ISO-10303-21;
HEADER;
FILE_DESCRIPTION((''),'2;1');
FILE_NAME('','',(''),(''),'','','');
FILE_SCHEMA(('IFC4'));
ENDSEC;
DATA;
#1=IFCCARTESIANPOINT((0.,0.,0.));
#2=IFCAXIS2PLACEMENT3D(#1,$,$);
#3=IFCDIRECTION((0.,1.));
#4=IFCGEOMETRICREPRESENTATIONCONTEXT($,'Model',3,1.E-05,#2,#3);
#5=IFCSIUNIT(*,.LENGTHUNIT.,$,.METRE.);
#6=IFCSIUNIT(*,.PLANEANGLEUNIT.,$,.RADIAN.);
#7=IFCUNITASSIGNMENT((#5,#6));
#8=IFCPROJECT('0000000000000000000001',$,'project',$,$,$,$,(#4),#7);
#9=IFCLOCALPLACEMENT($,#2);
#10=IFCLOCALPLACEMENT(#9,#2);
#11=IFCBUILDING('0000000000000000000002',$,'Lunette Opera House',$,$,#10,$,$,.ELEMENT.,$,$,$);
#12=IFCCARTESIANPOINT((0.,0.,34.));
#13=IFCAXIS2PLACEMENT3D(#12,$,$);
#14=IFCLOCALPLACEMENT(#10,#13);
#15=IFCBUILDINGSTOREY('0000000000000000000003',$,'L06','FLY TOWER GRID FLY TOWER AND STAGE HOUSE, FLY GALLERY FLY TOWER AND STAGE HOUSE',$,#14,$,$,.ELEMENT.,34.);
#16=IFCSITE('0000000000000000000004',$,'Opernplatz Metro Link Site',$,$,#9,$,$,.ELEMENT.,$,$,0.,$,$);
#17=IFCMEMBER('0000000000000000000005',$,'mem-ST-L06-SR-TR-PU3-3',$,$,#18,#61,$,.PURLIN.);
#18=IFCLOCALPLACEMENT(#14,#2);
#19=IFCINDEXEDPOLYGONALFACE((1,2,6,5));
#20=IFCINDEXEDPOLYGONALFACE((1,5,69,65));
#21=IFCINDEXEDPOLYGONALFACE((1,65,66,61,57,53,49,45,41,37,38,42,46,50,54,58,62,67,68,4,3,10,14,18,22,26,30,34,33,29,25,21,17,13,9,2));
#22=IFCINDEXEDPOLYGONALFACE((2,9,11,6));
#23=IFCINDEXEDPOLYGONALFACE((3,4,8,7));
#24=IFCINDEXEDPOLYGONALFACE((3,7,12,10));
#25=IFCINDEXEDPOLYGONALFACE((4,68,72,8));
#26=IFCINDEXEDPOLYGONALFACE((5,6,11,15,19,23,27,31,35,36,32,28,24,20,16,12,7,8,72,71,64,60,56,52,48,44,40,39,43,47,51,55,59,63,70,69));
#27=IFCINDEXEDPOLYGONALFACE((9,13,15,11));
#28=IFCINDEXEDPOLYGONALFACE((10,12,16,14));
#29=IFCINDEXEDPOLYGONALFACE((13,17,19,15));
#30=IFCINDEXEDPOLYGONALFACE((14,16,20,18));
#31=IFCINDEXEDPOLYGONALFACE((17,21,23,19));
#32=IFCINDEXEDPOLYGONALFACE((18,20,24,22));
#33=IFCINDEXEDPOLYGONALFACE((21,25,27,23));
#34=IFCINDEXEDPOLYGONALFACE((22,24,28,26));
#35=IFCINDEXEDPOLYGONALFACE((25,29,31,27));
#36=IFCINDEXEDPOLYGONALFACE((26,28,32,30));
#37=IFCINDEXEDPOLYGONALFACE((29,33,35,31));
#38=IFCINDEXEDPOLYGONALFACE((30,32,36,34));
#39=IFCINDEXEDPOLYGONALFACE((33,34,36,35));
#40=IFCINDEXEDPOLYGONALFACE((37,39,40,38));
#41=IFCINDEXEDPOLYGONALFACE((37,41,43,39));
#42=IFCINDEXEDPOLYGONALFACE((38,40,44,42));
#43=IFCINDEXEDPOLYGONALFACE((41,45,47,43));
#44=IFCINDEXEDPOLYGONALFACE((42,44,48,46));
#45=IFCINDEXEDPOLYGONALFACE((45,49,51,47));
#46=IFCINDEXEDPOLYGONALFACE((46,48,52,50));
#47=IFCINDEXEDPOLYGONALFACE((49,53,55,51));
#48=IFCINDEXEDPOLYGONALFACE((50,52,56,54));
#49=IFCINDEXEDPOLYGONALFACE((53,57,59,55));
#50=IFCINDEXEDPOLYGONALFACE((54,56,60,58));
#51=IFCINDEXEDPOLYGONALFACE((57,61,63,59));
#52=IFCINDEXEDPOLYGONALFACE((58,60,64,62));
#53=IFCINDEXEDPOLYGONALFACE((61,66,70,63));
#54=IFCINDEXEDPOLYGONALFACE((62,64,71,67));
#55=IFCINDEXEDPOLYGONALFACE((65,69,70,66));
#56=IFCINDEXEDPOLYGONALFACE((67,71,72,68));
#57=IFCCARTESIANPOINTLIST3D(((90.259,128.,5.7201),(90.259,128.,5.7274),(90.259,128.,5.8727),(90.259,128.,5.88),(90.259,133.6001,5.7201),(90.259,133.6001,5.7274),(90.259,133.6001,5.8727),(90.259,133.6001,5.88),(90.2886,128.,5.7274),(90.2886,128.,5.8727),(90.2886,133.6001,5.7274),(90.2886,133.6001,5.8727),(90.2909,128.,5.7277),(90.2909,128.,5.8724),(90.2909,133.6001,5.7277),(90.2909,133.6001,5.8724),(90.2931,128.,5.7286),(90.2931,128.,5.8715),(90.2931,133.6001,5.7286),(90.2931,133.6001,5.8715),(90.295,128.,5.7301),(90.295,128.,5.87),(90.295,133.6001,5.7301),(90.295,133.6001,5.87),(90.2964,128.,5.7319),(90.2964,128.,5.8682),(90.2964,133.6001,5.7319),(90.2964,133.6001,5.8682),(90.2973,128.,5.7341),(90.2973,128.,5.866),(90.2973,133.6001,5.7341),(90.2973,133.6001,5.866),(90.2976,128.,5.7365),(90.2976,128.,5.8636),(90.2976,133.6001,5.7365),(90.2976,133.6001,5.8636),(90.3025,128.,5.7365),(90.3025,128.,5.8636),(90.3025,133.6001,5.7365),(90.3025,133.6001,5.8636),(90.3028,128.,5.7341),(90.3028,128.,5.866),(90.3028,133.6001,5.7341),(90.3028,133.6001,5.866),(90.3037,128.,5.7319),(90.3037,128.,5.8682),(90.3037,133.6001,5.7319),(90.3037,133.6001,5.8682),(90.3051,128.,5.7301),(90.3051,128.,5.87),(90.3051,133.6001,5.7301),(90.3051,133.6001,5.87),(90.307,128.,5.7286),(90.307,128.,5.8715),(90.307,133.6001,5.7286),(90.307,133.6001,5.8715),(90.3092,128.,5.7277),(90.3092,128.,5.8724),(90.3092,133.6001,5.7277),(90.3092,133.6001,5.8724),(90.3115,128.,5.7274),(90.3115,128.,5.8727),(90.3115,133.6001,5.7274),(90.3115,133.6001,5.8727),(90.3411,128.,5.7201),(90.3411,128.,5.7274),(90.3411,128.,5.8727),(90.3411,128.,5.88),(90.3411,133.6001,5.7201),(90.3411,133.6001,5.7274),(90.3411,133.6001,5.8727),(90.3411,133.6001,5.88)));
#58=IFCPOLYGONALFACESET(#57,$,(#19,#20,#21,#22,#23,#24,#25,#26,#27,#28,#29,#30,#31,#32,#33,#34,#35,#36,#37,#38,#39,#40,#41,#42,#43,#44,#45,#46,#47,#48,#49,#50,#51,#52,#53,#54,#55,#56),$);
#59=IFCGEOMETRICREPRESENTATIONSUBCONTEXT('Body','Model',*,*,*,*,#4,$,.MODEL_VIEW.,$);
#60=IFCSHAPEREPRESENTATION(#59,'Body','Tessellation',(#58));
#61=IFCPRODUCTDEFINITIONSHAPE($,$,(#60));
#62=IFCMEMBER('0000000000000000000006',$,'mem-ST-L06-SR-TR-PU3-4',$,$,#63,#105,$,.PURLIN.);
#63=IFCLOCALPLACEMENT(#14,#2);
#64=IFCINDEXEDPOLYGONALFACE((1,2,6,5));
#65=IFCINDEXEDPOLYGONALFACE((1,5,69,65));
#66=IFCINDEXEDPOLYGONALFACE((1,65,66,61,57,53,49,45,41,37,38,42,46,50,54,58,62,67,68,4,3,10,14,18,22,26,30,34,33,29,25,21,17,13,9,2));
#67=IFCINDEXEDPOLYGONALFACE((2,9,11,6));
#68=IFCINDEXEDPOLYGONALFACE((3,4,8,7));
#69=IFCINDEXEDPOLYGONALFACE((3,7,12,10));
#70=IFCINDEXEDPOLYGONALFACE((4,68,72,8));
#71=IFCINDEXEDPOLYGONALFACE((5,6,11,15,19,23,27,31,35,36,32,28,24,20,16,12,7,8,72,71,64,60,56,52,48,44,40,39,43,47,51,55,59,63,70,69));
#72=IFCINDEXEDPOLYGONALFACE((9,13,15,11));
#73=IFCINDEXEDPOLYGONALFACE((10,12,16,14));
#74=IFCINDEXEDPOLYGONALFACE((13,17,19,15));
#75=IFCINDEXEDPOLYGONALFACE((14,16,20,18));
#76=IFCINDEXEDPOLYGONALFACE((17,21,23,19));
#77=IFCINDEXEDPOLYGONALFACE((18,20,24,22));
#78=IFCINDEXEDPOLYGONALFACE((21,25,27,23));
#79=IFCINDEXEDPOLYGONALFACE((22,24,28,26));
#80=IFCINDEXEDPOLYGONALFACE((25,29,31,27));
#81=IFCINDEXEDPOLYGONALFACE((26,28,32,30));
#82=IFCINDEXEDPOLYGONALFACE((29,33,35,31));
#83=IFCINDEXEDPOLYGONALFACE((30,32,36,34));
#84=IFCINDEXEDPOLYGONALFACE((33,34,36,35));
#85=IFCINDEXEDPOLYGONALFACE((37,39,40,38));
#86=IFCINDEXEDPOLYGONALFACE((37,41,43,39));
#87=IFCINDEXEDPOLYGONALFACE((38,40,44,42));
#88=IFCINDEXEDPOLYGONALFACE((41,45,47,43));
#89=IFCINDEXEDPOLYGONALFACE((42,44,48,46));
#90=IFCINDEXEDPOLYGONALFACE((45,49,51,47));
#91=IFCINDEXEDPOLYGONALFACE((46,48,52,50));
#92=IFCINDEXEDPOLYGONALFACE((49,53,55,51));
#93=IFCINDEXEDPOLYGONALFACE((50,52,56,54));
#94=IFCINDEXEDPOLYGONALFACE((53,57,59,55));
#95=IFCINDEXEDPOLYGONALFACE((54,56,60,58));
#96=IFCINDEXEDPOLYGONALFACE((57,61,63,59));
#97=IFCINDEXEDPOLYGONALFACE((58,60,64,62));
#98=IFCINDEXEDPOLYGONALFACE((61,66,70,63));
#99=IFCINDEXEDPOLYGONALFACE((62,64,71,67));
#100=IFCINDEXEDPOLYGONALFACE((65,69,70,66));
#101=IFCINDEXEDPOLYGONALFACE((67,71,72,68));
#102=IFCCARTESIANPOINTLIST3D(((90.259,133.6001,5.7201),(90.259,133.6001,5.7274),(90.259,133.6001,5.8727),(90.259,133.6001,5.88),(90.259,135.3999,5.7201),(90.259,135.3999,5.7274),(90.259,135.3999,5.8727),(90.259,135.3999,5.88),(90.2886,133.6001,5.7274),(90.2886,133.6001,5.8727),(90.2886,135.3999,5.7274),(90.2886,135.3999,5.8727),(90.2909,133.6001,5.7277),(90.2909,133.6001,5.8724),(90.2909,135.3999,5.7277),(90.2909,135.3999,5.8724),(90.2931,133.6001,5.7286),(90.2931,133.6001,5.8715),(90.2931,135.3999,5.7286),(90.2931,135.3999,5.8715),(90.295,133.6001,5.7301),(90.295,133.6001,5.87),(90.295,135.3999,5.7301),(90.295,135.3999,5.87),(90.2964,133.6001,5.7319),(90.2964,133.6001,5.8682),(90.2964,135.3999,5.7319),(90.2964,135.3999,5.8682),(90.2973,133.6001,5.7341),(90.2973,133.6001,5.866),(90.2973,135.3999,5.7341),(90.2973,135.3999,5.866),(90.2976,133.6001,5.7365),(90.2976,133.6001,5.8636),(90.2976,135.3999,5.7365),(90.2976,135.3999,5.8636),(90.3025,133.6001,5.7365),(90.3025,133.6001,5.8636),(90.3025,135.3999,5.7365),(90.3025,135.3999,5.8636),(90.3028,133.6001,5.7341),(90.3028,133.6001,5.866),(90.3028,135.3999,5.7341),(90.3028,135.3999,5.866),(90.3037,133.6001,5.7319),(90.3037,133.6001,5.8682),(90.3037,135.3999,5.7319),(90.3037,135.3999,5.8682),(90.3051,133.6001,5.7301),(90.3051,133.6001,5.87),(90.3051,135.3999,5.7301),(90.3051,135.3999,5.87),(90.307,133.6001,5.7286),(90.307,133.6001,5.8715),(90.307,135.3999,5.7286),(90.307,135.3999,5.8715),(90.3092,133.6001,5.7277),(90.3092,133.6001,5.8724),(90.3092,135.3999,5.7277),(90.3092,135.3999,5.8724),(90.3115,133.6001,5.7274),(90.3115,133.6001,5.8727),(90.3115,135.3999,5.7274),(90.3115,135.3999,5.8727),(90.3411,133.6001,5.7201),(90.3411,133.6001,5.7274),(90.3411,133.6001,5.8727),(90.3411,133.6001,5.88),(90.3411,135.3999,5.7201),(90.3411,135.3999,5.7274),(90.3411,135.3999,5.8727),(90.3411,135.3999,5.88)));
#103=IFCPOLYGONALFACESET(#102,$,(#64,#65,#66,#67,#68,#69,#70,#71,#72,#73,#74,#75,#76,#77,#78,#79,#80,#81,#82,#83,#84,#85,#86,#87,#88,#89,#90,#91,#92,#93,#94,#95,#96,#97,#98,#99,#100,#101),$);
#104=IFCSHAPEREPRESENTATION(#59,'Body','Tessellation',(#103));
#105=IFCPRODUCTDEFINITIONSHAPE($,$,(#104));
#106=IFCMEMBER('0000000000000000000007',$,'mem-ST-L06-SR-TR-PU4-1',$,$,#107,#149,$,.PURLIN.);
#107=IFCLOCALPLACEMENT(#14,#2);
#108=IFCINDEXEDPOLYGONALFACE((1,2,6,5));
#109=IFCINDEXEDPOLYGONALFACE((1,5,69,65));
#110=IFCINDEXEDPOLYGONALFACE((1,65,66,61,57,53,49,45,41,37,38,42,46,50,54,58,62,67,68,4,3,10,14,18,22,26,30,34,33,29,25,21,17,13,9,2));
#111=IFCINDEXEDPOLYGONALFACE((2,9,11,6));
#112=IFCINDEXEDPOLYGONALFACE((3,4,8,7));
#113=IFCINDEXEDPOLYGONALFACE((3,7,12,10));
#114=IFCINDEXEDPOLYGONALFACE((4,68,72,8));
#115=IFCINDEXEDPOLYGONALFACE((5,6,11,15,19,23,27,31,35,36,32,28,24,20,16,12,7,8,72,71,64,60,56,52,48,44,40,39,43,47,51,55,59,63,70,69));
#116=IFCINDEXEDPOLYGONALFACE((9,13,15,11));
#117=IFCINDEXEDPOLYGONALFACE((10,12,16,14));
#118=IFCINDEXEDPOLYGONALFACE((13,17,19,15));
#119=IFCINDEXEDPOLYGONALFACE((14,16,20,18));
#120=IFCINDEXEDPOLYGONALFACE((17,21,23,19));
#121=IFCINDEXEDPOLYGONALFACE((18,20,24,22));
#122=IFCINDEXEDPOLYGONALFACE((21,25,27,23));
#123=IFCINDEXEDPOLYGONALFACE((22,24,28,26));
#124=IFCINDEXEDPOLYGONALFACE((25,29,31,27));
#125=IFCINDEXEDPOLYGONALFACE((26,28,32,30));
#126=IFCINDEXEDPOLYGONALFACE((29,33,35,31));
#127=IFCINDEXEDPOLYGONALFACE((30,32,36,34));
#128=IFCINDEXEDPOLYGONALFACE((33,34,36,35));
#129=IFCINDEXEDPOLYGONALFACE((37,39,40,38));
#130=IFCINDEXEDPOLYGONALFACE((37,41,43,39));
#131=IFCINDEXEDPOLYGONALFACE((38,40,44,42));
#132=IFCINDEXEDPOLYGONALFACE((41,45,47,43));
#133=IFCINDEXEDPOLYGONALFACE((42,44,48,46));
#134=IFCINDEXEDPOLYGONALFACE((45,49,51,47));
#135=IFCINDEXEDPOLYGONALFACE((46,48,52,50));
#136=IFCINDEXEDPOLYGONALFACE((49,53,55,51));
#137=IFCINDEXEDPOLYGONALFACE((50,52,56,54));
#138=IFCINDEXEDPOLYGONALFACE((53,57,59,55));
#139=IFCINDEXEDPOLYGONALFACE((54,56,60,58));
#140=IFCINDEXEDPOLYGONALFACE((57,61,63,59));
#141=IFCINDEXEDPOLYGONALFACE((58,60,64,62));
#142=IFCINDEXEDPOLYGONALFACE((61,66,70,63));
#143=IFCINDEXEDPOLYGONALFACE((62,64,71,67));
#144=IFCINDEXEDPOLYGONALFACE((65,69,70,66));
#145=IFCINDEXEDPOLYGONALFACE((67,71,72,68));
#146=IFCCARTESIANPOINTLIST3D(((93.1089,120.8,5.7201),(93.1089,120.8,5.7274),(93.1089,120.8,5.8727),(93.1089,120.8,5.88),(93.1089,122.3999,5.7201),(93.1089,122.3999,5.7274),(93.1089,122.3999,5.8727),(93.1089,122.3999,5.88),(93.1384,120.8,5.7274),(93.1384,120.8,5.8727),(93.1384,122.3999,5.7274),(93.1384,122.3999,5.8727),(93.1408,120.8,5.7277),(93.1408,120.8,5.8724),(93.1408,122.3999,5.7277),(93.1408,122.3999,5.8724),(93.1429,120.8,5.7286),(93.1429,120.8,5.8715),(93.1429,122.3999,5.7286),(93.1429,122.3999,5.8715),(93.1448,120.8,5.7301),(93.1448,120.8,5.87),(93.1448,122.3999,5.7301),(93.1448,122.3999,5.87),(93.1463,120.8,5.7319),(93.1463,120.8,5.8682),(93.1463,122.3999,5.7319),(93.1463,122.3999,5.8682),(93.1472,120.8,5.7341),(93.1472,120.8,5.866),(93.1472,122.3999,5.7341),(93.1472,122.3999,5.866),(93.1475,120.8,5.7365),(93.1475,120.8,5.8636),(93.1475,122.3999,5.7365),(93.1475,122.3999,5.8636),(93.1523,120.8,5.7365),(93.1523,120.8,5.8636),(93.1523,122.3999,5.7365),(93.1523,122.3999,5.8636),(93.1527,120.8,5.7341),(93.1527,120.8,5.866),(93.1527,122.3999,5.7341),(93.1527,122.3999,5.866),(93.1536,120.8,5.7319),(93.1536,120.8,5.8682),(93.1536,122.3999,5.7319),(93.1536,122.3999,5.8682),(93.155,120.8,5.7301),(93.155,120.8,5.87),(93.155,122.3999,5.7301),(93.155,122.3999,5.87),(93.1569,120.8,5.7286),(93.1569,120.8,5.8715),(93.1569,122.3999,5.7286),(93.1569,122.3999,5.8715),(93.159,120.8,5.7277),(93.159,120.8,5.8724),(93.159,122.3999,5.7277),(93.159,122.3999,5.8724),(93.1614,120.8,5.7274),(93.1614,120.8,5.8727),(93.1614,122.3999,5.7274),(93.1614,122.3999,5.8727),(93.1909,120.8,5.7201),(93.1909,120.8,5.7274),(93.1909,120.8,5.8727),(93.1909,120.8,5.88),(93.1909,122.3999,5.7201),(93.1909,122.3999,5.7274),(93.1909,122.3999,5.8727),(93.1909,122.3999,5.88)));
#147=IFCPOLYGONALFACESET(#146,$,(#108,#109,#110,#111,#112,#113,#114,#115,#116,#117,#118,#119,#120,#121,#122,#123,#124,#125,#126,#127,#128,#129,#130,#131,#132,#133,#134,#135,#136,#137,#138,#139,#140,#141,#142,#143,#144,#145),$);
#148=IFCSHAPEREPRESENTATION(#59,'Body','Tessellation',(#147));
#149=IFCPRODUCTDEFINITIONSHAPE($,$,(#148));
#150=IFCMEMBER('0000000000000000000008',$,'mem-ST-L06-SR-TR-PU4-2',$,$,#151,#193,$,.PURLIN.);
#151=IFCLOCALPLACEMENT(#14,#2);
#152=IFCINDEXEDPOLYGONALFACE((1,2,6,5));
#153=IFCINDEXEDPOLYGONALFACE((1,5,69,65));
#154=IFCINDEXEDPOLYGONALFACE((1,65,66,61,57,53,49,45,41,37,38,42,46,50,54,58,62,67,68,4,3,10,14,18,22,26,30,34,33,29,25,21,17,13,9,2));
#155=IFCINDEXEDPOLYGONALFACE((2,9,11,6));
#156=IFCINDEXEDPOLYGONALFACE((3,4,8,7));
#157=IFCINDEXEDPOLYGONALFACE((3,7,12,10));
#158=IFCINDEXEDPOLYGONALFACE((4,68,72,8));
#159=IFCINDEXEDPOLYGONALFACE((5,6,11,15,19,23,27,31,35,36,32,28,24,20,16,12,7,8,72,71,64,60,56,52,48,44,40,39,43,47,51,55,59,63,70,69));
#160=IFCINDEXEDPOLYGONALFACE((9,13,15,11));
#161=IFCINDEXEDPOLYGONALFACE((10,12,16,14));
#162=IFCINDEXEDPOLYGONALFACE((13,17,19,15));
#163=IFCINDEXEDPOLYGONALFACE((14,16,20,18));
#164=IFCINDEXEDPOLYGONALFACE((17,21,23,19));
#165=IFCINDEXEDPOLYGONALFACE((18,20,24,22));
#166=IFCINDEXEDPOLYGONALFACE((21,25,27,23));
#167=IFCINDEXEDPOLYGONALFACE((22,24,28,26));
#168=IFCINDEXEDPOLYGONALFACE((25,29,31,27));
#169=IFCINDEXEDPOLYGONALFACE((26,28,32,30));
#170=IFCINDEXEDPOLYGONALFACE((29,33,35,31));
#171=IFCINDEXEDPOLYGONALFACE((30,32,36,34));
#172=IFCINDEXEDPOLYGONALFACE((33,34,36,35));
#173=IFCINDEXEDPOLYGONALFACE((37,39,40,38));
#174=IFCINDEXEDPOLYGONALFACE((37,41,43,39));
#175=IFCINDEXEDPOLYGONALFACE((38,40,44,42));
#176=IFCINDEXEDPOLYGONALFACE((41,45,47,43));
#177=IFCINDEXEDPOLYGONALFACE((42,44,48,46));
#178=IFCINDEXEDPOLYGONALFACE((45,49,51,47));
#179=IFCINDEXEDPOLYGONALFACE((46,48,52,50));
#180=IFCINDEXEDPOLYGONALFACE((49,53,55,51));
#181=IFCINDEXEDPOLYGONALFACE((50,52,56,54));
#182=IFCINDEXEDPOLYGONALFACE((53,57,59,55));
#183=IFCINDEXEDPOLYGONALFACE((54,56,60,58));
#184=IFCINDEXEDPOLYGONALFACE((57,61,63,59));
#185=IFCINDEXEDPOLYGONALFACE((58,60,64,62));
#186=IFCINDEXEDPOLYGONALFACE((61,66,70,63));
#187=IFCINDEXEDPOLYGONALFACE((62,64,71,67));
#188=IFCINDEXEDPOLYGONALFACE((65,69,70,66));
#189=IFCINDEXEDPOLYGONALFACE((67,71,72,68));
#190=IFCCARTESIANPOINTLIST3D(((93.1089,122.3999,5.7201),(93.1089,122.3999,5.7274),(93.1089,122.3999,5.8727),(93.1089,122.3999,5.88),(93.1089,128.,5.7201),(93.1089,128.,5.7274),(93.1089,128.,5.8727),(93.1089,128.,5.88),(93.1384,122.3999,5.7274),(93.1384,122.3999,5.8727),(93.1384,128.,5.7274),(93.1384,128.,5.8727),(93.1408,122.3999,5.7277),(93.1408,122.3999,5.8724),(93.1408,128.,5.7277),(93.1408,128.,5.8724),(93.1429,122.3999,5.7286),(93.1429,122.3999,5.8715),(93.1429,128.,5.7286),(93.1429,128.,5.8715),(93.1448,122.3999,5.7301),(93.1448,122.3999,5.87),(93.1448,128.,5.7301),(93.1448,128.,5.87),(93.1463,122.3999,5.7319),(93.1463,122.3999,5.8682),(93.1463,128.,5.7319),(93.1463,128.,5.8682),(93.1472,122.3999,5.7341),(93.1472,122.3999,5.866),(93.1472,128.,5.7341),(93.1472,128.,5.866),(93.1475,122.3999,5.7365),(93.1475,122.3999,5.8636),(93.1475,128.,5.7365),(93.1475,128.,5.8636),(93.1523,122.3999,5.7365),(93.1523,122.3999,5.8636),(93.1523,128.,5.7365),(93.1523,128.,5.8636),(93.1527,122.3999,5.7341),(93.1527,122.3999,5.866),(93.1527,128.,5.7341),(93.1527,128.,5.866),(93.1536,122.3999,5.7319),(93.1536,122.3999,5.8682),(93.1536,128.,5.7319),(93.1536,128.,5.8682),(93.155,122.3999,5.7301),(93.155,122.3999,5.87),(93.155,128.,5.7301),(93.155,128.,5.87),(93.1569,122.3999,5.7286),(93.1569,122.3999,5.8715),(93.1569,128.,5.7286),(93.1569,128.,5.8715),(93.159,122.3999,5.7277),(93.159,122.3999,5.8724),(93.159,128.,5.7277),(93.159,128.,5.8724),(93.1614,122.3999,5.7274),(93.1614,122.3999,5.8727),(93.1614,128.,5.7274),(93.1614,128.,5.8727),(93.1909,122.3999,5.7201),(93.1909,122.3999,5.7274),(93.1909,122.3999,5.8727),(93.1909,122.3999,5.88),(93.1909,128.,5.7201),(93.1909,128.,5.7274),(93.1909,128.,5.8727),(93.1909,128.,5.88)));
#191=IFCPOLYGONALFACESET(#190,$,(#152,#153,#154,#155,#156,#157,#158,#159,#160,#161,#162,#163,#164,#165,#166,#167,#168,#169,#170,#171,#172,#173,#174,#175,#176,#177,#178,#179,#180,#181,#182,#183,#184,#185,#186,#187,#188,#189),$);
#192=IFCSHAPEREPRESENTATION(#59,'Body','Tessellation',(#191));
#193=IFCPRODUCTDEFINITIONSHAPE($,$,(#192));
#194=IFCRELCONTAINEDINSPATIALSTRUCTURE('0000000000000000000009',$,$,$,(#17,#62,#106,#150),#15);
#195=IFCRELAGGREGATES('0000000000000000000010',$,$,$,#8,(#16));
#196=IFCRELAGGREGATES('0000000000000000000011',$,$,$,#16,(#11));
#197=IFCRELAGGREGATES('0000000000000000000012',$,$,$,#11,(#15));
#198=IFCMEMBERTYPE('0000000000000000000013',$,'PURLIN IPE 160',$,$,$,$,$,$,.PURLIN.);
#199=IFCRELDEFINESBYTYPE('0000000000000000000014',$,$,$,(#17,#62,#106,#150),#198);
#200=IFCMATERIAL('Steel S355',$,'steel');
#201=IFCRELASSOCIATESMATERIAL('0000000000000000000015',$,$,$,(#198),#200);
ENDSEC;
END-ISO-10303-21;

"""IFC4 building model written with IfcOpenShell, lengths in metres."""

from ifc_helpers import new_model, si_unit, direction, frame, origin, origin_2d, place, context, subcontext, project, spatial, i_section, extrude, material, material_profile, profile_set, type_object, element, save


model = new_model("IFC4")

# Units and contexts
model_context = context("Model", 3, precision=1e-05, world=origin(), true_north=direction((0.0, 1.0)))
body_context = subcontext(model_context, "Body", "Model", "MODEL_VIEW")
ifc_project = project(units=[si_unit("LENGTHUNIT", "METRE"), si_unit("PLANEANGLEUNIT", "RADIAN")], contexts=[model_context])

# Site, building, storey
site_placement = place(None, origin())
site = spatial("IfcSite", under=ifc_project, at=site_placement, Name="Opernplatz Metro Link Site", CompositionType="ELEMENT", RefElevation=0.0)
building_placement = place(site_placement, origin())
building = spatial("IfcBuilding", under=site, at=building_placement, Name="Lunette Opera House", CompositionType="ELEMENT")
storey_placement = place(building_placement, frame((0.0, 0.0, 34.0)))
storey = spatial("IfcBuildingStorey", under=building, at=storey_placement, Name="L06", Description="FLY TOWER GRID FLY TOWER AND STAGE HOUSE, FLY GALLERY FLY TOWER AND STAGE HOUSE", CompositionType="ELEMENT", Elevation=34.0)

# Members
ifc_material_1 = material(Name="Steel S355", Category="steel")
ifc_material_profile_1 = material_profile(ifc_material_1, i_section(OverallWidth=0.082, OverallDepth=0.1599, WebThickness=0.0049, FlangeThickness=0.0073, FilletRadius=0.009, at=origin_2d()), Name="IPE 160")
ifc_profile_set_1 = profile_set([ifc_material_profile_1], Name="Steel S355")
member_type_1 = type_object("IfcMemberType", Name="PURLIN IPE 160", PredefinedType="PURLIN", material=ifc_profile_set_1)
for number, where, z_axis, x_axis, name in (
    (1, (90.3, 128.0, 5.8), (0.0, 1.0, 0.0), (-1.0, 0.0, 0.0), "mem-ST-L06-SR-TR-PU3-3"),
):
    element("IfcMember", number, at=place(storey_placement, frame(where, z_axis=z_axis, x_axis=x_axis)), inside=storey, type_object=member_type_1, Name=name, PredefinedType="PURLIN", context=body_context, shape_type="SweptSolid", body=[
        extrude(i_section(OverallWidth=0.082, OverallDepth=0.1599, WebThickness=0.0049, FlangeThickness=0.0073, FilletRadius=0.009, at=origin_2d()), origin(), (0.0, 0.0, 1.0), 5.6001),
    ])
member_1_placement = place(storey_placement, frame((90.3, 133.6001, 5.8), z_axis=(0.0, 1.0, 0.0), x_axis=(-1.0, 0.0, 0.0)))
element("IfcMember", 2, at=member_1_placement, inside=storey, type_object=member_type_1, Name="mem-ST-L06-SR-TR-PU3-4", PredefinedType="PURLIN", context=body_context, shape_type="SweptSolid", body=[
    extrude(i_section(OverallWidth=0.082, OverallDepth=0.1599, WebThickness=0.0049, FlangeThickness=0.0073, FilletRadius=0.009, at=origin_2d()), origin(), (0.0, 0.0, 1.0), 1.7998),
])
member_2_placement = place(storey_placement, frame((93.1499, 120.8, 5.8), z_axis=(0.0, 1.0, 0.0), x_axis=(-1.0, 0.0, 0.0)))
element("IfcMember", 3, at=member_2_placement, inside=storey, type_object=member_type_1, Name="mem-ST-L06-SR-TR-PU4-1", PredefinedType="PURLIN", context=body_context, shape_type="SweptSolid", body=[
    extrude(i_section(OverallWidth=0.082, OverallDepth=0.1599, WebThickness=0.0049, FlangeThickness=0.0073, FilletRadius=0.009, at=origin_2d()), origin(), (0.0, 0.0, 1.0), 1.5999),
])
for number, where, z_axis, x_axis, name in (
    (4, (93.1499, 122.3999, 5.8), (0.0, 1.0, 0.0), (-1.0, 0.0, 0.0), "mem-ST-L06-SR-TR-PU4-2"),
):
    element("IfcMember", number, at=place(storey_placement, frame(where, z_axis=z_axis, x_axis=x_axis)), inside=storey, type_object=member_type_1, Name=name, PredefinedType="PURLIN", context=body_context, shape_type="SweptSolid", body=[
        extrude(i_section(OverallWidth=0.082, OverallDepth=0.1599, WebThickness=0.0049, FlangeThickness=0.0073, FilletRadius=0.009, at=origin_2d()), origin(), (0.0, 0.0, 1.0), 5.6001),
    ])

save(model, "model.ifc")
